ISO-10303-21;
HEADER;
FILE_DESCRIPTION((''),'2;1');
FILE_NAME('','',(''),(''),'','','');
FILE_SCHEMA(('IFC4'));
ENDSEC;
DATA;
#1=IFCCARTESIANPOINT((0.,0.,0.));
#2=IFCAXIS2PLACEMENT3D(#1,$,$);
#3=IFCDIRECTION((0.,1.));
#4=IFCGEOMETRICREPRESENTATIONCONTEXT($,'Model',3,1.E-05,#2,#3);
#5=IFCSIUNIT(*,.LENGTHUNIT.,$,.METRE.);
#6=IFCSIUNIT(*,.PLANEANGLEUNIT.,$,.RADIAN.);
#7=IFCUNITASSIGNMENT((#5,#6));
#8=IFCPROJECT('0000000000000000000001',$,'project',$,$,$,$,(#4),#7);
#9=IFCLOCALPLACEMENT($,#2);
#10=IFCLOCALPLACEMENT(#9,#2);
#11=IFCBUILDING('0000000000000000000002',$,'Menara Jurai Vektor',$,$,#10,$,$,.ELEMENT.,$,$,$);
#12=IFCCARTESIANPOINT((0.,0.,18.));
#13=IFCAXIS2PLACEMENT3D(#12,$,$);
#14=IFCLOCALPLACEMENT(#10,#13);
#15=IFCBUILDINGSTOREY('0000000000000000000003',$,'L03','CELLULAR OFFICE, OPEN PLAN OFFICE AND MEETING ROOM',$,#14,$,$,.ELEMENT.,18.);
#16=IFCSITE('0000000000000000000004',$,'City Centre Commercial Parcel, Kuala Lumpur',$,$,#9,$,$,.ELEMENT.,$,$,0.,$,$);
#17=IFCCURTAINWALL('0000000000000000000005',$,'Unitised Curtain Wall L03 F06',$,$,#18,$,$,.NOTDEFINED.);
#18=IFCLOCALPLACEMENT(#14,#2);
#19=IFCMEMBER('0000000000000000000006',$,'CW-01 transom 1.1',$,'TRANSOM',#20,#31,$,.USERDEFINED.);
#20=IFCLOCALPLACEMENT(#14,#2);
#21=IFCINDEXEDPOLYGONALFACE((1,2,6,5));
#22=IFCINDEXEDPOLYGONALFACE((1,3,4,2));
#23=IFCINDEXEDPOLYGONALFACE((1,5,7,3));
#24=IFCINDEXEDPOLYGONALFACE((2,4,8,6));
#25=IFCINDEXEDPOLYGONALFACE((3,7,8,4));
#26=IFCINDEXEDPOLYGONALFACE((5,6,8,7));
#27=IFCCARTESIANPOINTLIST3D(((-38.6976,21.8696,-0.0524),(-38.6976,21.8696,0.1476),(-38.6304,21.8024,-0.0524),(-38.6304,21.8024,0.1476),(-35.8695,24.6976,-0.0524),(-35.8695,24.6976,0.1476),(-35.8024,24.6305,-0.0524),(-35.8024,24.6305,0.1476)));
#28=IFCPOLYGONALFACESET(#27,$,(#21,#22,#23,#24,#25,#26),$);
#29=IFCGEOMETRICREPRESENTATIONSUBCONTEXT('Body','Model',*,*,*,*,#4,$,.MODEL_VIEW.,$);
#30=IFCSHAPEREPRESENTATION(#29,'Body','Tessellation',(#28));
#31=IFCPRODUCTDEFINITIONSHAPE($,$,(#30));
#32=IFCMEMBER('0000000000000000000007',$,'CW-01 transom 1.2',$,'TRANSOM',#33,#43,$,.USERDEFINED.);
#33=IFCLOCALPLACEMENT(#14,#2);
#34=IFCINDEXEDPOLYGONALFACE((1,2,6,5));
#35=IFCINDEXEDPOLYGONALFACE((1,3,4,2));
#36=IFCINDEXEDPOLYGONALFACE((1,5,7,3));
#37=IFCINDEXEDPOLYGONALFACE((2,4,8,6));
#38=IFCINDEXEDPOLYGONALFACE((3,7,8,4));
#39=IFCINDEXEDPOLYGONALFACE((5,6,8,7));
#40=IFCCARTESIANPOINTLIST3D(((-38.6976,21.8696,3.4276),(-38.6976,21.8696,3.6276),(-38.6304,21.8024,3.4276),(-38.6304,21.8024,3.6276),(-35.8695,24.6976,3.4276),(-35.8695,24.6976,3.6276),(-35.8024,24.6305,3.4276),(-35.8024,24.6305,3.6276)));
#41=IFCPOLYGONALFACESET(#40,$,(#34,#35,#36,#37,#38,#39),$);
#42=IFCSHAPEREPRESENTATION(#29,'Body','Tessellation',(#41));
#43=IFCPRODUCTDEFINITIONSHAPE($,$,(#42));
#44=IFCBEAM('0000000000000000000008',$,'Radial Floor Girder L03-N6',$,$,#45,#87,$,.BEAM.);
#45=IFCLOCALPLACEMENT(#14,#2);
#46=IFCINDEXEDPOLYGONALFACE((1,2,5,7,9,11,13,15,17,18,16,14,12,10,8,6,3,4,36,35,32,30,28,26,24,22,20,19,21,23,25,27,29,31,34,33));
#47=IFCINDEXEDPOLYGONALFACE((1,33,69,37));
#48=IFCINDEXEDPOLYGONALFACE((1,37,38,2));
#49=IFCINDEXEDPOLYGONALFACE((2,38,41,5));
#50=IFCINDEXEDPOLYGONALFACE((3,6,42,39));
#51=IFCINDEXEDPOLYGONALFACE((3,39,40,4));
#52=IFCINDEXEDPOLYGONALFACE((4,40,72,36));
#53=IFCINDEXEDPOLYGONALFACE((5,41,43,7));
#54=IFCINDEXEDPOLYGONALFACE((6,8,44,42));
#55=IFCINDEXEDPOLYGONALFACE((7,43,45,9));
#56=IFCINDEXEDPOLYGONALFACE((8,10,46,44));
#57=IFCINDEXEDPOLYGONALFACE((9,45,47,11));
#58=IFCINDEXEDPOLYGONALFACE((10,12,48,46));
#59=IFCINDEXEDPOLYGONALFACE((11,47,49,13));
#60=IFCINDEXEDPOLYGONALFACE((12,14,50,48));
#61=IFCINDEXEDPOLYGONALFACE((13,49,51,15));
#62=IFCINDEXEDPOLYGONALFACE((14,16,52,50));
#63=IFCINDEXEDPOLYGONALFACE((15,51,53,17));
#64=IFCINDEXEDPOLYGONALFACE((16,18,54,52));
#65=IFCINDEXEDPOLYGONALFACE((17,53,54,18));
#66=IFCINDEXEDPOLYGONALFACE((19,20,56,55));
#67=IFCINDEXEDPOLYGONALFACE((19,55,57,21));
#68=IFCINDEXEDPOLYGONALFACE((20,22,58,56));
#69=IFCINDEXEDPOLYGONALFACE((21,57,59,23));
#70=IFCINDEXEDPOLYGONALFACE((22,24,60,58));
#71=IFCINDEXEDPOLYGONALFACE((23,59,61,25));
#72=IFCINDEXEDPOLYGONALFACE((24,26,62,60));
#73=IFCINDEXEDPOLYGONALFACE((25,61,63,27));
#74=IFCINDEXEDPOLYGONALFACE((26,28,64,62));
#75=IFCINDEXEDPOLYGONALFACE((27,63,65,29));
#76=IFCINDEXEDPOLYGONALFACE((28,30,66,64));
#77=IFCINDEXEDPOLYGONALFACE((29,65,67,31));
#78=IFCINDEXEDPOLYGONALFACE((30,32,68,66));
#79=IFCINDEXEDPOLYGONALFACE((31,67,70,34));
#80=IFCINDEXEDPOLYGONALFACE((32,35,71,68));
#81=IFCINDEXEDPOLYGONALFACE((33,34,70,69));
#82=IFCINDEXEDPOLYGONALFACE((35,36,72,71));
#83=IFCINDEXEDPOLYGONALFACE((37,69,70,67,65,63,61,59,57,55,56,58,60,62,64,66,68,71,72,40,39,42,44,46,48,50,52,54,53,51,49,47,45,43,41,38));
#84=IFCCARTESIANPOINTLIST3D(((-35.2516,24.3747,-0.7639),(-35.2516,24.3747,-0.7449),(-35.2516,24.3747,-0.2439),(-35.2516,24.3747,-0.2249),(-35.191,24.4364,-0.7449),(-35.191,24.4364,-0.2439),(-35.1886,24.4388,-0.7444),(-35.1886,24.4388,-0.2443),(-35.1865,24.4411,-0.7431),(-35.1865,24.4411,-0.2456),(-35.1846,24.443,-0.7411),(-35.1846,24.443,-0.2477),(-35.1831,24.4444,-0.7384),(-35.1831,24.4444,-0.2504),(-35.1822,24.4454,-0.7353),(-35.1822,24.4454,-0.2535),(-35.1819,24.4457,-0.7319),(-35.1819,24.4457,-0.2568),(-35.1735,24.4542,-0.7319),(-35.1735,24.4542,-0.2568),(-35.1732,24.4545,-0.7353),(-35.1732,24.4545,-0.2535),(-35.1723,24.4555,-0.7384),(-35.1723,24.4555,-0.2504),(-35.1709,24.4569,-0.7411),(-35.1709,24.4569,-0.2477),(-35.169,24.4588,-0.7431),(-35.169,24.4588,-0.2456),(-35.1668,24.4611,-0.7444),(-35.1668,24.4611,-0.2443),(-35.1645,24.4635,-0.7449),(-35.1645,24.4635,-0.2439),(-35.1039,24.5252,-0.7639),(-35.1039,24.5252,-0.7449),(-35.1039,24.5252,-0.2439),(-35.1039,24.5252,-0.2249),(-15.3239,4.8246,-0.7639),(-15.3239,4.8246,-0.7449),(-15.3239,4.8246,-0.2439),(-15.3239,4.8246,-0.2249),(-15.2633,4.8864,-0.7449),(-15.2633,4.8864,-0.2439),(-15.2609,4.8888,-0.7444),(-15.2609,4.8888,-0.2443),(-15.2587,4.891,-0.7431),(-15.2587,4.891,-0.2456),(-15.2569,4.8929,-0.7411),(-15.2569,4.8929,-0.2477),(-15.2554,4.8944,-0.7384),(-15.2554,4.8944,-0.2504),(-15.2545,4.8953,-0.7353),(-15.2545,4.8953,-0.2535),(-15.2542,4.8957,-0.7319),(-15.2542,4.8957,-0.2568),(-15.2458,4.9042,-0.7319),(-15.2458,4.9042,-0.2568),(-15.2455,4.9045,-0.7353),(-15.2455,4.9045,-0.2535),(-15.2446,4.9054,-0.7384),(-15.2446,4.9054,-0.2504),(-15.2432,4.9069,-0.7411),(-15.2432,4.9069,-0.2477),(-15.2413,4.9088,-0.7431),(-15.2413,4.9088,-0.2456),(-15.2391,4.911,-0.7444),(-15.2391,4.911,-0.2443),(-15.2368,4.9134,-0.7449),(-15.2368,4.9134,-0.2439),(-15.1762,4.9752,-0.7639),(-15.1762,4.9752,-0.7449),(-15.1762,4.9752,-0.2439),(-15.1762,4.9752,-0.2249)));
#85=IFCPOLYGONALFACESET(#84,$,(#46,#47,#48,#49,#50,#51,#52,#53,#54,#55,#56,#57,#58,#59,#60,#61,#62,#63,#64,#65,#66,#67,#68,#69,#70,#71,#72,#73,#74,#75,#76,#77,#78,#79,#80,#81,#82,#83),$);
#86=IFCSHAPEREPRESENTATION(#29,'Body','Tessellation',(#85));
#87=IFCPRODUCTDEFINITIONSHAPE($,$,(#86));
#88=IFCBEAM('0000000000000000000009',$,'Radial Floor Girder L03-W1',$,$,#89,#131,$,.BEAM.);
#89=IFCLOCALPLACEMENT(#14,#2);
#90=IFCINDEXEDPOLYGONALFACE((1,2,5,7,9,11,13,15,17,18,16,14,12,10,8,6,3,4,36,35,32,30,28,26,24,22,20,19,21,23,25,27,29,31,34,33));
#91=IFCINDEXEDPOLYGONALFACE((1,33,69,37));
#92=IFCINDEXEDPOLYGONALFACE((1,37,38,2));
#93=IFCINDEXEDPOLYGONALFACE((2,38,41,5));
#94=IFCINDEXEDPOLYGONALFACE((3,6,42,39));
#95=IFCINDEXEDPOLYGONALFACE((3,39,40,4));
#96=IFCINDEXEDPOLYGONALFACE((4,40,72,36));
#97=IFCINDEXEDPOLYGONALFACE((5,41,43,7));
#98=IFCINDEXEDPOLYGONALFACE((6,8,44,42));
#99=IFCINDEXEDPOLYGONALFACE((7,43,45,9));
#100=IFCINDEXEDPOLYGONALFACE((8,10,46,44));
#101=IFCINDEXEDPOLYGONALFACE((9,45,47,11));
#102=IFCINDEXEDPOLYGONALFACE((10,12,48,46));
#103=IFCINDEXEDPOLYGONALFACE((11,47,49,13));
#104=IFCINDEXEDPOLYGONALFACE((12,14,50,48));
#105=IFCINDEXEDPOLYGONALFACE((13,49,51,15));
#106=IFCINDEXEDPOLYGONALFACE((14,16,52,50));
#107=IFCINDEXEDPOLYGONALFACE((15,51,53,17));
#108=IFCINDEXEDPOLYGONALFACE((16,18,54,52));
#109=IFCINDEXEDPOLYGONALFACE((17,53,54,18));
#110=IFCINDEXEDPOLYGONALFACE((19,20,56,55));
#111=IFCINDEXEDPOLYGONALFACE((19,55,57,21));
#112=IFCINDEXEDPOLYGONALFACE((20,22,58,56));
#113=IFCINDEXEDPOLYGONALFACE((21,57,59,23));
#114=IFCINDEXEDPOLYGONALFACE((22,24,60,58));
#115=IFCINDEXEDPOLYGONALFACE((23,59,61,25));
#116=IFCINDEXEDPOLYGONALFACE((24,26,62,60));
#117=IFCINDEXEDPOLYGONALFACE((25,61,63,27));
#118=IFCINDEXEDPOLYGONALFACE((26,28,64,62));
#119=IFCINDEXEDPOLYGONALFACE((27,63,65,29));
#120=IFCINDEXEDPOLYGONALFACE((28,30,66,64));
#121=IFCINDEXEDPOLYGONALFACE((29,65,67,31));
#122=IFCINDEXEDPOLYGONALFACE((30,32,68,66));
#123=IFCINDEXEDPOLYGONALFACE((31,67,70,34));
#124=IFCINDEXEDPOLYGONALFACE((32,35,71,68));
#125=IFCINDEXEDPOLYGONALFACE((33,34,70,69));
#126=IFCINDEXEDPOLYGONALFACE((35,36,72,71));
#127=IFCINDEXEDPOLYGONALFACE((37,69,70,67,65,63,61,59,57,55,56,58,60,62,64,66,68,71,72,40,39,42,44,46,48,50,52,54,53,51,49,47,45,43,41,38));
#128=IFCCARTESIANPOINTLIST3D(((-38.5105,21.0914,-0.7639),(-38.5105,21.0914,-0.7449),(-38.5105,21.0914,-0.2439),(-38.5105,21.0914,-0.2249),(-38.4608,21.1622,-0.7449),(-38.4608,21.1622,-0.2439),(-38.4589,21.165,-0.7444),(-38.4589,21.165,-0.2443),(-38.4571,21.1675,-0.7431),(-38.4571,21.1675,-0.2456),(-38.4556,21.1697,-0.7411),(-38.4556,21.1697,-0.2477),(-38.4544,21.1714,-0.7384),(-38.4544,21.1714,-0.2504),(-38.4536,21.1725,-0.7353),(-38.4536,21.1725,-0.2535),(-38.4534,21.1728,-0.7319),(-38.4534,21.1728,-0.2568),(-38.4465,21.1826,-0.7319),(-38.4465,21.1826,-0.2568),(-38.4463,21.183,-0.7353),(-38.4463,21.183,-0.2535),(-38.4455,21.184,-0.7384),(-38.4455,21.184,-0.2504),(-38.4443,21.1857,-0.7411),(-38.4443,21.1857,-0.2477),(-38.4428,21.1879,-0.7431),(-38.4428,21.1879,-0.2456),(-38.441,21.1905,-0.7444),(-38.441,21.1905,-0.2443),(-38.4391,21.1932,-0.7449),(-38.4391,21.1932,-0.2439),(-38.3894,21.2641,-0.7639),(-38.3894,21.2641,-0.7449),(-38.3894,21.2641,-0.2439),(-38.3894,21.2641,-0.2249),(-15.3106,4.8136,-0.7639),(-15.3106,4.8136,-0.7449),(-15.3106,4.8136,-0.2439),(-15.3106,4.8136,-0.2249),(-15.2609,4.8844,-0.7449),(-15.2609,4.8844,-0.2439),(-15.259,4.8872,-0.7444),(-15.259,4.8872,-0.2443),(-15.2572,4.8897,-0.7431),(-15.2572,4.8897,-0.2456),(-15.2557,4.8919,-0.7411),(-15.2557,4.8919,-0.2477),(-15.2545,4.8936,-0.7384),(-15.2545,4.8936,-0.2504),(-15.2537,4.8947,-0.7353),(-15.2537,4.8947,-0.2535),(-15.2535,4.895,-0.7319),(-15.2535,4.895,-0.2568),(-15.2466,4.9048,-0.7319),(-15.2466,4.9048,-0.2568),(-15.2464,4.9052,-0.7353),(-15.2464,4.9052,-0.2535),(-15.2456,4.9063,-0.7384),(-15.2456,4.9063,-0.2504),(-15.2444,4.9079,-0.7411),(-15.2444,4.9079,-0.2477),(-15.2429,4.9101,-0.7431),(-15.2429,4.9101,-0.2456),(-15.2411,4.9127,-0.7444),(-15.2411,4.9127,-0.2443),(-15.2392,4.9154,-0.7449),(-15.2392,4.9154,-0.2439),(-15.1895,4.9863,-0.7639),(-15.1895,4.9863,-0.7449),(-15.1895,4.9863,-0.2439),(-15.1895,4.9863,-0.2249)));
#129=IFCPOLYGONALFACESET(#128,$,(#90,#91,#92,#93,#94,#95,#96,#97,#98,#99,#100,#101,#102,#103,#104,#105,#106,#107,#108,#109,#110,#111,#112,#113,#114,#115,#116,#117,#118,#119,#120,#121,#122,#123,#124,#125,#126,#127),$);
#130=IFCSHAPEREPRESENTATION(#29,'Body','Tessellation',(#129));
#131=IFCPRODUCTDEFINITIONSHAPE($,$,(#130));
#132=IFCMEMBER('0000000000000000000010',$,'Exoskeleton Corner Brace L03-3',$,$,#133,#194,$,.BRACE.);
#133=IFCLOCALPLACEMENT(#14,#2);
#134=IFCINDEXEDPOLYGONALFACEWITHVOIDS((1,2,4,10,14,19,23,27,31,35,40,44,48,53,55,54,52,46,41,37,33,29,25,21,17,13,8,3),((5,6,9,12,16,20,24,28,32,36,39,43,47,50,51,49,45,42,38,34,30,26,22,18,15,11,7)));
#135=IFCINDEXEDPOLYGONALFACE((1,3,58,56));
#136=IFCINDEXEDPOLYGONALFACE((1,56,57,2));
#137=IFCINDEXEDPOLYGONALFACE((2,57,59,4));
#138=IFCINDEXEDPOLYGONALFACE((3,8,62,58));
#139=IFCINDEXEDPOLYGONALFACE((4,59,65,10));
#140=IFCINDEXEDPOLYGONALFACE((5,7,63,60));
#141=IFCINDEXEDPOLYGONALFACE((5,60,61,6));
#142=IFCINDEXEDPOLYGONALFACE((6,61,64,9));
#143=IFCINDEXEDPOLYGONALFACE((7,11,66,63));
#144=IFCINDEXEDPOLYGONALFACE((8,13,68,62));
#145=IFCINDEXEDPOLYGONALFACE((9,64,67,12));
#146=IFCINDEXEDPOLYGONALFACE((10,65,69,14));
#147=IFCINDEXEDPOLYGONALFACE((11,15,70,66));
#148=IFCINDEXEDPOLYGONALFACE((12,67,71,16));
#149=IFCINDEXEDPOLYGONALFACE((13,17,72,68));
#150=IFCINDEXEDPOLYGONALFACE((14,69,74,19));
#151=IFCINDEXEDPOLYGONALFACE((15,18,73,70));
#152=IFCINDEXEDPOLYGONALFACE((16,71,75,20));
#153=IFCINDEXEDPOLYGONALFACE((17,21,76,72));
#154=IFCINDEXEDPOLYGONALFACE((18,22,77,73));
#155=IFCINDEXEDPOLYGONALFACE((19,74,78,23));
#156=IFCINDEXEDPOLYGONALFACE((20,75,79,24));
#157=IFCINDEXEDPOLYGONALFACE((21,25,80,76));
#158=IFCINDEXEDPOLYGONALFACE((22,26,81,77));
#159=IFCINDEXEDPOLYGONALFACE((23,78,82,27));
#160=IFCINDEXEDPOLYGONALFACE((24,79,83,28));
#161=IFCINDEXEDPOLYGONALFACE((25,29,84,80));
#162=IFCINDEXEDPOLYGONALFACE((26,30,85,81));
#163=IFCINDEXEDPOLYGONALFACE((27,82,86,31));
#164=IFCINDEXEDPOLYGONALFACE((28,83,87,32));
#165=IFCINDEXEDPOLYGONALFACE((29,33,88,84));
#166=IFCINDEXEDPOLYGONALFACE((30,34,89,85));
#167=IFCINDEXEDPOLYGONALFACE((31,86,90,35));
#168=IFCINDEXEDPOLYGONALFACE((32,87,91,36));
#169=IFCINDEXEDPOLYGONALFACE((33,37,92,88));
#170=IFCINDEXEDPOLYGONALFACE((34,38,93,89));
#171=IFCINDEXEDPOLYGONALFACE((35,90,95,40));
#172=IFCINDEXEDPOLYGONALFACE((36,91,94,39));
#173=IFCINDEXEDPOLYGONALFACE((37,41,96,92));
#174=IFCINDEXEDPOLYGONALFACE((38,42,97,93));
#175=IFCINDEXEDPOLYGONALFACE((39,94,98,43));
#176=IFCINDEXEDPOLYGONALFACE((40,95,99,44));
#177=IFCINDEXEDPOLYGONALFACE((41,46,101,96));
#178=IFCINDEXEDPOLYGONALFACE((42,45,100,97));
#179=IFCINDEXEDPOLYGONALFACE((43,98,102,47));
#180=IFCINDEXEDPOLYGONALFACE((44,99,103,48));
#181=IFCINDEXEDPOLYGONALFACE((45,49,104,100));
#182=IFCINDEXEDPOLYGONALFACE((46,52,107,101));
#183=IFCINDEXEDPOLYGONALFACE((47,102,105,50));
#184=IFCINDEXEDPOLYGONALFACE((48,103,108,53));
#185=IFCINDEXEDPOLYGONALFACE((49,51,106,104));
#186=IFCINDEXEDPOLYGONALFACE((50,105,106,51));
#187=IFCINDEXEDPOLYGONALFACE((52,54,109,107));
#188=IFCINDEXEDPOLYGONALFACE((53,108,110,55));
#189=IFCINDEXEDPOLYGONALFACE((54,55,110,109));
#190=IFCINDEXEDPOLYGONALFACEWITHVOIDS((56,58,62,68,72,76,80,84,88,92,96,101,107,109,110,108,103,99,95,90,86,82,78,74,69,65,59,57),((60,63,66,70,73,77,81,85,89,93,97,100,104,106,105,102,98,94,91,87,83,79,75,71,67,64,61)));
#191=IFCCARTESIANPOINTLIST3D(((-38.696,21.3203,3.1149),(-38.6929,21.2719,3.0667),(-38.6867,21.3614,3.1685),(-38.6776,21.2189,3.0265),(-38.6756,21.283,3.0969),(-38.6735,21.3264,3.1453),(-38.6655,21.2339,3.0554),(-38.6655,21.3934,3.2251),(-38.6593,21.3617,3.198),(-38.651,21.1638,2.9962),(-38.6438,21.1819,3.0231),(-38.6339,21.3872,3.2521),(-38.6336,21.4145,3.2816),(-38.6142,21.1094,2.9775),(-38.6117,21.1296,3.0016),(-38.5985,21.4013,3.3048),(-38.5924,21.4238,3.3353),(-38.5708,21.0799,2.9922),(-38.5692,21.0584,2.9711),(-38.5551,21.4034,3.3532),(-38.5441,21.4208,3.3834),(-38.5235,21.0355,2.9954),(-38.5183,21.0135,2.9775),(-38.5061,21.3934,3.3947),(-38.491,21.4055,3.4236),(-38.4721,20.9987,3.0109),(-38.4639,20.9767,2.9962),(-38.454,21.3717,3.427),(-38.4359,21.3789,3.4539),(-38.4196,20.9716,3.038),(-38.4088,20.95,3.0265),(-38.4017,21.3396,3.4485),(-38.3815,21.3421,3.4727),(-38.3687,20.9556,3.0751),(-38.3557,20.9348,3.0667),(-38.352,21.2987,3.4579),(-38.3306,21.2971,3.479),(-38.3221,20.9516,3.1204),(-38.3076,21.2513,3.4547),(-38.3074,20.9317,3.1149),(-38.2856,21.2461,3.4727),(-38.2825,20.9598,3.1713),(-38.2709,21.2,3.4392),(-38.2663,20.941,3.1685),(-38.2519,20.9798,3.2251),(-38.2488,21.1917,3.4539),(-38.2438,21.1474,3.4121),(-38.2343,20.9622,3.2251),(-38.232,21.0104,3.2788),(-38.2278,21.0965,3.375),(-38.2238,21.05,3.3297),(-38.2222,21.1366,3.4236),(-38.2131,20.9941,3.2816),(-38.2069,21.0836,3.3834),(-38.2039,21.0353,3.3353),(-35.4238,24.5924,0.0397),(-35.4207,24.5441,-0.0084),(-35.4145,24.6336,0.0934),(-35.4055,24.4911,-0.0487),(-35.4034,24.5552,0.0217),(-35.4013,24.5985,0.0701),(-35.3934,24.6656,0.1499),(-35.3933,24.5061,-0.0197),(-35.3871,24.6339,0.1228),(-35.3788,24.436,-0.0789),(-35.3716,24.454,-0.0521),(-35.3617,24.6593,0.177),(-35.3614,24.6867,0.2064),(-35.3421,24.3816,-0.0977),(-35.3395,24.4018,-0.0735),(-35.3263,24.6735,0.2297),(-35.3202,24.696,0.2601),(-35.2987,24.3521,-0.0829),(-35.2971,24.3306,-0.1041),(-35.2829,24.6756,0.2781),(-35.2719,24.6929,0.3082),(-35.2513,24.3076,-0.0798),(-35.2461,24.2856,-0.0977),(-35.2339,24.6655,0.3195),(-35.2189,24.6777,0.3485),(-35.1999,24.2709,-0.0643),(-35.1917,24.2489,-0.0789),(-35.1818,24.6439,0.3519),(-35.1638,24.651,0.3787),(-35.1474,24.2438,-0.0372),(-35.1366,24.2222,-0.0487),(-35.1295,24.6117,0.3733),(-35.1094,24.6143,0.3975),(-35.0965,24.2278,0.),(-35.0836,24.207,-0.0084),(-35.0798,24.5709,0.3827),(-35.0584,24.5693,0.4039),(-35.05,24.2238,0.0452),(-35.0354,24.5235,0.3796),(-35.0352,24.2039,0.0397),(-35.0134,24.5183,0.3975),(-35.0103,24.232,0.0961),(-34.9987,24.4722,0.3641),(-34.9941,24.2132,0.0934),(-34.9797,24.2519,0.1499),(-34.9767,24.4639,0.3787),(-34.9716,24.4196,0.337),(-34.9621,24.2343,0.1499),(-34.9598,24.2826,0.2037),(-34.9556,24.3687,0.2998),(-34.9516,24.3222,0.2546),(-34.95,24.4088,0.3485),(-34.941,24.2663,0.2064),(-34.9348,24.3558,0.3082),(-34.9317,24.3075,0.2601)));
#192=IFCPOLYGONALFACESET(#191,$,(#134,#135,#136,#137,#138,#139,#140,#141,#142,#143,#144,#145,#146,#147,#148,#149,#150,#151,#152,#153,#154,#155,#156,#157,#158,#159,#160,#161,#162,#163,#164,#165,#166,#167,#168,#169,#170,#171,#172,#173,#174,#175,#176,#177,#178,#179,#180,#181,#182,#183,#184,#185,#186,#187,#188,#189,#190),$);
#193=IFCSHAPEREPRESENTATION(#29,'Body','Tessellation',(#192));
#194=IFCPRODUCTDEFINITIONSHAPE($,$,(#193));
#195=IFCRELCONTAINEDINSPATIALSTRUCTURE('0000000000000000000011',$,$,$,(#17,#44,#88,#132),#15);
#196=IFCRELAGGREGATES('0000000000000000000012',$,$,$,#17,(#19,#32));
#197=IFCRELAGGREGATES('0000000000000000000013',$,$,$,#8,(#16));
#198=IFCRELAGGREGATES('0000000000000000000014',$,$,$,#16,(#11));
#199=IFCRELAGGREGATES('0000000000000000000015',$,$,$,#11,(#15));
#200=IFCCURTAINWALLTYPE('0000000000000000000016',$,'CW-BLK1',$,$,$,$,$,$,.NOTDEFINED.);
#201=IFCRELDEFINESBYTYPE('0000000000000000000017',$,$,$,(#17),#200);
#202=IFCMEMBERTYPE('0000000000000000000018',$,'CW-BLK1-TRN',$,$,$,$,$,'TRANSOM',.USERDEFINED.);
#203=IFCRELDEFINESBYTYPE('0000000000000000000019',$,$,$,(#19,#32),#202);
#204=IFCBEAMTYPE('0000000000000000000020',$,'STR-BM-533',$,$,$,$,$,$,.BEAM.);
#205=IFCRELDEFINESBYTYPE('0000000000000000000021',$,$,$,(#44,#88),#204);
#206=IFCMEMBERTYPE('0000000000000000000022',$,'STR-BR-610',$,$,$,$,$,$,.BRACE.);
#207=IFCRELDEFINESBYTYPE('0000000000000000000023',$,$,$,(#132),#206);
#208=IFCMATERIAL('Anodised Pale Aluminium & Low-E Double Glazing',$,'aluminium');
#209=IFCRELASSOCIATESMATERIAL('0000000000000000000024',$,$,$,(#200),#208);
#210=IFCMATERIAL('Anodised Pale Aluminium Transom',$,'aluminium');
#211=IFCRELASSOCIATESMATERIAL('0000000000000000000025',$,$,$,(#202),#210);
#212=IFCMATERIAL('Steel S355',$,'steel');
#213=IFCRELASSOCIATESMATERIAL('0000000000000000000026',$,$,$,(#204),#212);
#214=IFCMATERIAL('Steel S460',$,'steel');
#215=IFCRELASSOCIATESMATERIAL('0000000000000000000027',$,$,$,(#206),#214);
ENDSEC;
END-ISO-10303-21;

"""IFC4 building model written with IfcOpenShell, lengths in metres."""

from ifc_helpers import new_model, si_unit, direction, frame, origin, origin_2d, place, context, subcontext, project, spatial, rectangle, hollow_circle, i_section, extrude, material, material_profile, profile_set, type_object, element, aggregate, save


model = new_model("IFC4")

# Units and contexts
model_context = context("Model", 3, precision=1e-05, world=origin(), true_north=direction((0.0, 1.0)))
body_context = subcontext(model_context, "Body", "Model", "MODEL_VIEW")
ifc_project = project(units=[si_unit("LENGTHUNIT", "METRE"), si_unit("PLANEANGLEUNIT", "RADIAN")], contexts=[model_context])

# Site, building, storey
site_placement = place(None, origin())
site = spatial("IfcSite", under=ifc_project, at=site_placement, Name="City Centre Commercial Parcel, Kuala Lumpur", CompositionType="ELEMENT", RefElevation=0.0)
building_placement = place(site_placement, origin())
building = spatial("IfcBuilding", under=site, at=building_placement, Name="Menara Jurai Vektor", CompositionType="ELEMENT")
storey_placement = place(building_placement, frame((0.0, 0.0, 18.0)))
storey = spatial("IfcBuildingStorey", under=building, at=storey_placement, Name="L03", Description="CELLULAR OFFICE, OPEN PLAN OFFICE AND MEETING ROOM", CompositionType="ELEMENT", Elevation=18.0)

# Shared definitions
ifc_material_1 = material(Name="Steel S460", Category="steel")

# Curtain wall
ifc_material_2 = material(Name="Anodised Pale Aluminium & Low-E Double Glazing", Category="aluminium")
curtain_wall_type = type_object("IfcCurtainWallType", Name="CW-BLK1", PredefinedType="NOTDEFINED", material=ifc_material_2)
curtain_wall_1_placement = place(storey_placement, origin())
curtain_wall_1 = element("IfcCurtainWall", 1, at=curtain_wall_1_placement, inside=storey, type_object=curtain_wall_type, Name="Unitised Curtain Wall L03 F06", PredefinedType="NOTDEFINED")

# Members
ifc_material_3 = material(Name="Anodised Pale Aluminium Transom", Category="aluminium")
ifc_material_profile_1 = material_profile(ifc_material_3, rectangle(XDim=0.095, YDim=0.2, at=origin_2d()), Name="ALU TRN 95x200")
ifc_profile_set_1 = profile_set([ifc_material_profile_1], Name="Anodised Pale Aluminium Transom")
member_type_1 = type_object("IfcMemberType", Name="CW-BLK1-TRN", ElementType="TRANSOM", PredefinedType="USERDEFINED", material=ifc_profile_set_1)
member_1_placement = place(storey_placement, frame((-35.8359, 24.6641, 0.0476), z_axis=(-0.707107, -0.707107, 0.0), x_axis=(0.707107, -0.707107, 0.0)))
member_1 = element("IfcMember", 2, at=member_1_placement, type_object=member_type_1, Name="CW-01 transom 1.1", ObjectType="TRANSOM", PredefinedType="USERDEFINED", context=body_context, shape_type="SweptSolid", body=[
    extrude(rectangle(XDim=0.095, YDim=0.2, at=origin_2d()), origin(), (0.0, 0.0, 1.0), 3.9995),
])
member_2_placement = place(storey_placement, frame((-35.8359, 24.6641, 3.5276), z_axis=(-0.707107, -0.707107, 0.0), x_axis=(0.707107, -0.707107, 0.0)))
member_2 = element("IfcMember", 3, at=member_2_placement, type_object=member_type_1, Name="CW-01 transom 1.2", ObjectType="TRANSOM", PredefinedType="USERDEFINED", context=body_context, shape_type="SweptSolid", body=[
    extrude(rectangle(XDim=0.095, YDim=0.2, at=origin_2d()), origin(), (0.0, 0.0, 1.0), 3.9995),
])

# Beams
ifc_material_4 = material(Name="Steel S355", Category="steel")
ifc_material_profile_2 = material_profile(ifc_material_4, i_section(OverallWidth=0.2109, OverallDepth=0.5391, WebThickness=0.012, FlangeThickness=0.019, FilletRadius=0.0129, at=origin_2d()), Name="UKB 533x210x109")
ifc_profile_set_2 = profile_set([ifc_material_profile_2], Name="Steel S355")
beam_type_1 = type_object("IfcBeamType", Name="STR-BM-533", PredefinedType="BEAM", material=ifc_profile_set_2)
beam_1_placement = place(storey_placement, frame((-35.1777, 24.45, -0.4944), z_axis=(0.713839, -0.70031, 0.0), x_axis=(0.70031, 0.713839, 0.0)))
element("IfcBeam", 4, at=beam_1_placement, inside=storey, type_object=beam_type_1, Name="Radial Floor Girder L03-N6", PredefinedType="BEAM", context=body_context, shape_type="SweptSolid", body=[
    extrude(i_section(OverallWidth=0.2109, OverallDepth=0.5391, WebThickness=0.012, FlangeThickness=0.019, FilletRadius=0.0129, at=origin_2d()), origin(), (0.0, 0.0, 1.0), 27.9163),
])
beam_2_placement = place(storey_placement, frame((-38.45, 21.1777, -0.4944), z_axis=(0.818604, -0.574359, 0.0), x_axis=(0.574359, 0.818604, 0.0)))
element("IfcBeam", 5, at=beam_2_placement, inside=storey, type_object=beam_type_1, Name="Radial Floor Girder L03-W1", PredefinedType="BEAM", context=body_context, shape_type="SweptSolid", body=[
    extrude(i_section(OverallWidth=0.2109, OverallDepth=0.5391, WebThickness=0.012, FlangeThickness=0.019, FilletRadius=0.0129, at=origin_2d()), origin(), (0.0, 0.0, 1.0), 28.3408),
])

# Member
ifc_material_profile_3 = material_profile(ifc_material_1, hollow_circle(Radius=0.3049, WallThickness=0.0249, at=origin_2d()), Name="CHS 610x25")
ifc_profile_set_3 = profile_set([ifc_material_profile_3], Name="Steel S460")
member_type_2 = type_object("IfcMemberType", Name="STR-BR-610", PredefinedType="BRACE", material=ifc_profile_set_3)
member_3_placement = place(storey_placement, frame((-35.1777, 24.45, 0.1499), z_axis=(-0.588928, -0.588928, 0.553469), x_axis=(0.707107, -0.707107, 0.0)))
element("IfcMember", 6, at=member_3_placement, inside=storey, type_object=member_type_2, Name="Exoskeleton Corner Brace L03-3", PredefinedType="BRACE", context=body_context, shape_type="SweptSolid", body=[
    extrude(hollow_circle(Radius=0.3049, WallThickness=0.0249, at=origin_2d()), origin(), (0.0, 0.0, 1.0), 5.5562),
])

aggregate(curtain_wall_1, [member_1, member_2])

save(model, "model.ifc")
